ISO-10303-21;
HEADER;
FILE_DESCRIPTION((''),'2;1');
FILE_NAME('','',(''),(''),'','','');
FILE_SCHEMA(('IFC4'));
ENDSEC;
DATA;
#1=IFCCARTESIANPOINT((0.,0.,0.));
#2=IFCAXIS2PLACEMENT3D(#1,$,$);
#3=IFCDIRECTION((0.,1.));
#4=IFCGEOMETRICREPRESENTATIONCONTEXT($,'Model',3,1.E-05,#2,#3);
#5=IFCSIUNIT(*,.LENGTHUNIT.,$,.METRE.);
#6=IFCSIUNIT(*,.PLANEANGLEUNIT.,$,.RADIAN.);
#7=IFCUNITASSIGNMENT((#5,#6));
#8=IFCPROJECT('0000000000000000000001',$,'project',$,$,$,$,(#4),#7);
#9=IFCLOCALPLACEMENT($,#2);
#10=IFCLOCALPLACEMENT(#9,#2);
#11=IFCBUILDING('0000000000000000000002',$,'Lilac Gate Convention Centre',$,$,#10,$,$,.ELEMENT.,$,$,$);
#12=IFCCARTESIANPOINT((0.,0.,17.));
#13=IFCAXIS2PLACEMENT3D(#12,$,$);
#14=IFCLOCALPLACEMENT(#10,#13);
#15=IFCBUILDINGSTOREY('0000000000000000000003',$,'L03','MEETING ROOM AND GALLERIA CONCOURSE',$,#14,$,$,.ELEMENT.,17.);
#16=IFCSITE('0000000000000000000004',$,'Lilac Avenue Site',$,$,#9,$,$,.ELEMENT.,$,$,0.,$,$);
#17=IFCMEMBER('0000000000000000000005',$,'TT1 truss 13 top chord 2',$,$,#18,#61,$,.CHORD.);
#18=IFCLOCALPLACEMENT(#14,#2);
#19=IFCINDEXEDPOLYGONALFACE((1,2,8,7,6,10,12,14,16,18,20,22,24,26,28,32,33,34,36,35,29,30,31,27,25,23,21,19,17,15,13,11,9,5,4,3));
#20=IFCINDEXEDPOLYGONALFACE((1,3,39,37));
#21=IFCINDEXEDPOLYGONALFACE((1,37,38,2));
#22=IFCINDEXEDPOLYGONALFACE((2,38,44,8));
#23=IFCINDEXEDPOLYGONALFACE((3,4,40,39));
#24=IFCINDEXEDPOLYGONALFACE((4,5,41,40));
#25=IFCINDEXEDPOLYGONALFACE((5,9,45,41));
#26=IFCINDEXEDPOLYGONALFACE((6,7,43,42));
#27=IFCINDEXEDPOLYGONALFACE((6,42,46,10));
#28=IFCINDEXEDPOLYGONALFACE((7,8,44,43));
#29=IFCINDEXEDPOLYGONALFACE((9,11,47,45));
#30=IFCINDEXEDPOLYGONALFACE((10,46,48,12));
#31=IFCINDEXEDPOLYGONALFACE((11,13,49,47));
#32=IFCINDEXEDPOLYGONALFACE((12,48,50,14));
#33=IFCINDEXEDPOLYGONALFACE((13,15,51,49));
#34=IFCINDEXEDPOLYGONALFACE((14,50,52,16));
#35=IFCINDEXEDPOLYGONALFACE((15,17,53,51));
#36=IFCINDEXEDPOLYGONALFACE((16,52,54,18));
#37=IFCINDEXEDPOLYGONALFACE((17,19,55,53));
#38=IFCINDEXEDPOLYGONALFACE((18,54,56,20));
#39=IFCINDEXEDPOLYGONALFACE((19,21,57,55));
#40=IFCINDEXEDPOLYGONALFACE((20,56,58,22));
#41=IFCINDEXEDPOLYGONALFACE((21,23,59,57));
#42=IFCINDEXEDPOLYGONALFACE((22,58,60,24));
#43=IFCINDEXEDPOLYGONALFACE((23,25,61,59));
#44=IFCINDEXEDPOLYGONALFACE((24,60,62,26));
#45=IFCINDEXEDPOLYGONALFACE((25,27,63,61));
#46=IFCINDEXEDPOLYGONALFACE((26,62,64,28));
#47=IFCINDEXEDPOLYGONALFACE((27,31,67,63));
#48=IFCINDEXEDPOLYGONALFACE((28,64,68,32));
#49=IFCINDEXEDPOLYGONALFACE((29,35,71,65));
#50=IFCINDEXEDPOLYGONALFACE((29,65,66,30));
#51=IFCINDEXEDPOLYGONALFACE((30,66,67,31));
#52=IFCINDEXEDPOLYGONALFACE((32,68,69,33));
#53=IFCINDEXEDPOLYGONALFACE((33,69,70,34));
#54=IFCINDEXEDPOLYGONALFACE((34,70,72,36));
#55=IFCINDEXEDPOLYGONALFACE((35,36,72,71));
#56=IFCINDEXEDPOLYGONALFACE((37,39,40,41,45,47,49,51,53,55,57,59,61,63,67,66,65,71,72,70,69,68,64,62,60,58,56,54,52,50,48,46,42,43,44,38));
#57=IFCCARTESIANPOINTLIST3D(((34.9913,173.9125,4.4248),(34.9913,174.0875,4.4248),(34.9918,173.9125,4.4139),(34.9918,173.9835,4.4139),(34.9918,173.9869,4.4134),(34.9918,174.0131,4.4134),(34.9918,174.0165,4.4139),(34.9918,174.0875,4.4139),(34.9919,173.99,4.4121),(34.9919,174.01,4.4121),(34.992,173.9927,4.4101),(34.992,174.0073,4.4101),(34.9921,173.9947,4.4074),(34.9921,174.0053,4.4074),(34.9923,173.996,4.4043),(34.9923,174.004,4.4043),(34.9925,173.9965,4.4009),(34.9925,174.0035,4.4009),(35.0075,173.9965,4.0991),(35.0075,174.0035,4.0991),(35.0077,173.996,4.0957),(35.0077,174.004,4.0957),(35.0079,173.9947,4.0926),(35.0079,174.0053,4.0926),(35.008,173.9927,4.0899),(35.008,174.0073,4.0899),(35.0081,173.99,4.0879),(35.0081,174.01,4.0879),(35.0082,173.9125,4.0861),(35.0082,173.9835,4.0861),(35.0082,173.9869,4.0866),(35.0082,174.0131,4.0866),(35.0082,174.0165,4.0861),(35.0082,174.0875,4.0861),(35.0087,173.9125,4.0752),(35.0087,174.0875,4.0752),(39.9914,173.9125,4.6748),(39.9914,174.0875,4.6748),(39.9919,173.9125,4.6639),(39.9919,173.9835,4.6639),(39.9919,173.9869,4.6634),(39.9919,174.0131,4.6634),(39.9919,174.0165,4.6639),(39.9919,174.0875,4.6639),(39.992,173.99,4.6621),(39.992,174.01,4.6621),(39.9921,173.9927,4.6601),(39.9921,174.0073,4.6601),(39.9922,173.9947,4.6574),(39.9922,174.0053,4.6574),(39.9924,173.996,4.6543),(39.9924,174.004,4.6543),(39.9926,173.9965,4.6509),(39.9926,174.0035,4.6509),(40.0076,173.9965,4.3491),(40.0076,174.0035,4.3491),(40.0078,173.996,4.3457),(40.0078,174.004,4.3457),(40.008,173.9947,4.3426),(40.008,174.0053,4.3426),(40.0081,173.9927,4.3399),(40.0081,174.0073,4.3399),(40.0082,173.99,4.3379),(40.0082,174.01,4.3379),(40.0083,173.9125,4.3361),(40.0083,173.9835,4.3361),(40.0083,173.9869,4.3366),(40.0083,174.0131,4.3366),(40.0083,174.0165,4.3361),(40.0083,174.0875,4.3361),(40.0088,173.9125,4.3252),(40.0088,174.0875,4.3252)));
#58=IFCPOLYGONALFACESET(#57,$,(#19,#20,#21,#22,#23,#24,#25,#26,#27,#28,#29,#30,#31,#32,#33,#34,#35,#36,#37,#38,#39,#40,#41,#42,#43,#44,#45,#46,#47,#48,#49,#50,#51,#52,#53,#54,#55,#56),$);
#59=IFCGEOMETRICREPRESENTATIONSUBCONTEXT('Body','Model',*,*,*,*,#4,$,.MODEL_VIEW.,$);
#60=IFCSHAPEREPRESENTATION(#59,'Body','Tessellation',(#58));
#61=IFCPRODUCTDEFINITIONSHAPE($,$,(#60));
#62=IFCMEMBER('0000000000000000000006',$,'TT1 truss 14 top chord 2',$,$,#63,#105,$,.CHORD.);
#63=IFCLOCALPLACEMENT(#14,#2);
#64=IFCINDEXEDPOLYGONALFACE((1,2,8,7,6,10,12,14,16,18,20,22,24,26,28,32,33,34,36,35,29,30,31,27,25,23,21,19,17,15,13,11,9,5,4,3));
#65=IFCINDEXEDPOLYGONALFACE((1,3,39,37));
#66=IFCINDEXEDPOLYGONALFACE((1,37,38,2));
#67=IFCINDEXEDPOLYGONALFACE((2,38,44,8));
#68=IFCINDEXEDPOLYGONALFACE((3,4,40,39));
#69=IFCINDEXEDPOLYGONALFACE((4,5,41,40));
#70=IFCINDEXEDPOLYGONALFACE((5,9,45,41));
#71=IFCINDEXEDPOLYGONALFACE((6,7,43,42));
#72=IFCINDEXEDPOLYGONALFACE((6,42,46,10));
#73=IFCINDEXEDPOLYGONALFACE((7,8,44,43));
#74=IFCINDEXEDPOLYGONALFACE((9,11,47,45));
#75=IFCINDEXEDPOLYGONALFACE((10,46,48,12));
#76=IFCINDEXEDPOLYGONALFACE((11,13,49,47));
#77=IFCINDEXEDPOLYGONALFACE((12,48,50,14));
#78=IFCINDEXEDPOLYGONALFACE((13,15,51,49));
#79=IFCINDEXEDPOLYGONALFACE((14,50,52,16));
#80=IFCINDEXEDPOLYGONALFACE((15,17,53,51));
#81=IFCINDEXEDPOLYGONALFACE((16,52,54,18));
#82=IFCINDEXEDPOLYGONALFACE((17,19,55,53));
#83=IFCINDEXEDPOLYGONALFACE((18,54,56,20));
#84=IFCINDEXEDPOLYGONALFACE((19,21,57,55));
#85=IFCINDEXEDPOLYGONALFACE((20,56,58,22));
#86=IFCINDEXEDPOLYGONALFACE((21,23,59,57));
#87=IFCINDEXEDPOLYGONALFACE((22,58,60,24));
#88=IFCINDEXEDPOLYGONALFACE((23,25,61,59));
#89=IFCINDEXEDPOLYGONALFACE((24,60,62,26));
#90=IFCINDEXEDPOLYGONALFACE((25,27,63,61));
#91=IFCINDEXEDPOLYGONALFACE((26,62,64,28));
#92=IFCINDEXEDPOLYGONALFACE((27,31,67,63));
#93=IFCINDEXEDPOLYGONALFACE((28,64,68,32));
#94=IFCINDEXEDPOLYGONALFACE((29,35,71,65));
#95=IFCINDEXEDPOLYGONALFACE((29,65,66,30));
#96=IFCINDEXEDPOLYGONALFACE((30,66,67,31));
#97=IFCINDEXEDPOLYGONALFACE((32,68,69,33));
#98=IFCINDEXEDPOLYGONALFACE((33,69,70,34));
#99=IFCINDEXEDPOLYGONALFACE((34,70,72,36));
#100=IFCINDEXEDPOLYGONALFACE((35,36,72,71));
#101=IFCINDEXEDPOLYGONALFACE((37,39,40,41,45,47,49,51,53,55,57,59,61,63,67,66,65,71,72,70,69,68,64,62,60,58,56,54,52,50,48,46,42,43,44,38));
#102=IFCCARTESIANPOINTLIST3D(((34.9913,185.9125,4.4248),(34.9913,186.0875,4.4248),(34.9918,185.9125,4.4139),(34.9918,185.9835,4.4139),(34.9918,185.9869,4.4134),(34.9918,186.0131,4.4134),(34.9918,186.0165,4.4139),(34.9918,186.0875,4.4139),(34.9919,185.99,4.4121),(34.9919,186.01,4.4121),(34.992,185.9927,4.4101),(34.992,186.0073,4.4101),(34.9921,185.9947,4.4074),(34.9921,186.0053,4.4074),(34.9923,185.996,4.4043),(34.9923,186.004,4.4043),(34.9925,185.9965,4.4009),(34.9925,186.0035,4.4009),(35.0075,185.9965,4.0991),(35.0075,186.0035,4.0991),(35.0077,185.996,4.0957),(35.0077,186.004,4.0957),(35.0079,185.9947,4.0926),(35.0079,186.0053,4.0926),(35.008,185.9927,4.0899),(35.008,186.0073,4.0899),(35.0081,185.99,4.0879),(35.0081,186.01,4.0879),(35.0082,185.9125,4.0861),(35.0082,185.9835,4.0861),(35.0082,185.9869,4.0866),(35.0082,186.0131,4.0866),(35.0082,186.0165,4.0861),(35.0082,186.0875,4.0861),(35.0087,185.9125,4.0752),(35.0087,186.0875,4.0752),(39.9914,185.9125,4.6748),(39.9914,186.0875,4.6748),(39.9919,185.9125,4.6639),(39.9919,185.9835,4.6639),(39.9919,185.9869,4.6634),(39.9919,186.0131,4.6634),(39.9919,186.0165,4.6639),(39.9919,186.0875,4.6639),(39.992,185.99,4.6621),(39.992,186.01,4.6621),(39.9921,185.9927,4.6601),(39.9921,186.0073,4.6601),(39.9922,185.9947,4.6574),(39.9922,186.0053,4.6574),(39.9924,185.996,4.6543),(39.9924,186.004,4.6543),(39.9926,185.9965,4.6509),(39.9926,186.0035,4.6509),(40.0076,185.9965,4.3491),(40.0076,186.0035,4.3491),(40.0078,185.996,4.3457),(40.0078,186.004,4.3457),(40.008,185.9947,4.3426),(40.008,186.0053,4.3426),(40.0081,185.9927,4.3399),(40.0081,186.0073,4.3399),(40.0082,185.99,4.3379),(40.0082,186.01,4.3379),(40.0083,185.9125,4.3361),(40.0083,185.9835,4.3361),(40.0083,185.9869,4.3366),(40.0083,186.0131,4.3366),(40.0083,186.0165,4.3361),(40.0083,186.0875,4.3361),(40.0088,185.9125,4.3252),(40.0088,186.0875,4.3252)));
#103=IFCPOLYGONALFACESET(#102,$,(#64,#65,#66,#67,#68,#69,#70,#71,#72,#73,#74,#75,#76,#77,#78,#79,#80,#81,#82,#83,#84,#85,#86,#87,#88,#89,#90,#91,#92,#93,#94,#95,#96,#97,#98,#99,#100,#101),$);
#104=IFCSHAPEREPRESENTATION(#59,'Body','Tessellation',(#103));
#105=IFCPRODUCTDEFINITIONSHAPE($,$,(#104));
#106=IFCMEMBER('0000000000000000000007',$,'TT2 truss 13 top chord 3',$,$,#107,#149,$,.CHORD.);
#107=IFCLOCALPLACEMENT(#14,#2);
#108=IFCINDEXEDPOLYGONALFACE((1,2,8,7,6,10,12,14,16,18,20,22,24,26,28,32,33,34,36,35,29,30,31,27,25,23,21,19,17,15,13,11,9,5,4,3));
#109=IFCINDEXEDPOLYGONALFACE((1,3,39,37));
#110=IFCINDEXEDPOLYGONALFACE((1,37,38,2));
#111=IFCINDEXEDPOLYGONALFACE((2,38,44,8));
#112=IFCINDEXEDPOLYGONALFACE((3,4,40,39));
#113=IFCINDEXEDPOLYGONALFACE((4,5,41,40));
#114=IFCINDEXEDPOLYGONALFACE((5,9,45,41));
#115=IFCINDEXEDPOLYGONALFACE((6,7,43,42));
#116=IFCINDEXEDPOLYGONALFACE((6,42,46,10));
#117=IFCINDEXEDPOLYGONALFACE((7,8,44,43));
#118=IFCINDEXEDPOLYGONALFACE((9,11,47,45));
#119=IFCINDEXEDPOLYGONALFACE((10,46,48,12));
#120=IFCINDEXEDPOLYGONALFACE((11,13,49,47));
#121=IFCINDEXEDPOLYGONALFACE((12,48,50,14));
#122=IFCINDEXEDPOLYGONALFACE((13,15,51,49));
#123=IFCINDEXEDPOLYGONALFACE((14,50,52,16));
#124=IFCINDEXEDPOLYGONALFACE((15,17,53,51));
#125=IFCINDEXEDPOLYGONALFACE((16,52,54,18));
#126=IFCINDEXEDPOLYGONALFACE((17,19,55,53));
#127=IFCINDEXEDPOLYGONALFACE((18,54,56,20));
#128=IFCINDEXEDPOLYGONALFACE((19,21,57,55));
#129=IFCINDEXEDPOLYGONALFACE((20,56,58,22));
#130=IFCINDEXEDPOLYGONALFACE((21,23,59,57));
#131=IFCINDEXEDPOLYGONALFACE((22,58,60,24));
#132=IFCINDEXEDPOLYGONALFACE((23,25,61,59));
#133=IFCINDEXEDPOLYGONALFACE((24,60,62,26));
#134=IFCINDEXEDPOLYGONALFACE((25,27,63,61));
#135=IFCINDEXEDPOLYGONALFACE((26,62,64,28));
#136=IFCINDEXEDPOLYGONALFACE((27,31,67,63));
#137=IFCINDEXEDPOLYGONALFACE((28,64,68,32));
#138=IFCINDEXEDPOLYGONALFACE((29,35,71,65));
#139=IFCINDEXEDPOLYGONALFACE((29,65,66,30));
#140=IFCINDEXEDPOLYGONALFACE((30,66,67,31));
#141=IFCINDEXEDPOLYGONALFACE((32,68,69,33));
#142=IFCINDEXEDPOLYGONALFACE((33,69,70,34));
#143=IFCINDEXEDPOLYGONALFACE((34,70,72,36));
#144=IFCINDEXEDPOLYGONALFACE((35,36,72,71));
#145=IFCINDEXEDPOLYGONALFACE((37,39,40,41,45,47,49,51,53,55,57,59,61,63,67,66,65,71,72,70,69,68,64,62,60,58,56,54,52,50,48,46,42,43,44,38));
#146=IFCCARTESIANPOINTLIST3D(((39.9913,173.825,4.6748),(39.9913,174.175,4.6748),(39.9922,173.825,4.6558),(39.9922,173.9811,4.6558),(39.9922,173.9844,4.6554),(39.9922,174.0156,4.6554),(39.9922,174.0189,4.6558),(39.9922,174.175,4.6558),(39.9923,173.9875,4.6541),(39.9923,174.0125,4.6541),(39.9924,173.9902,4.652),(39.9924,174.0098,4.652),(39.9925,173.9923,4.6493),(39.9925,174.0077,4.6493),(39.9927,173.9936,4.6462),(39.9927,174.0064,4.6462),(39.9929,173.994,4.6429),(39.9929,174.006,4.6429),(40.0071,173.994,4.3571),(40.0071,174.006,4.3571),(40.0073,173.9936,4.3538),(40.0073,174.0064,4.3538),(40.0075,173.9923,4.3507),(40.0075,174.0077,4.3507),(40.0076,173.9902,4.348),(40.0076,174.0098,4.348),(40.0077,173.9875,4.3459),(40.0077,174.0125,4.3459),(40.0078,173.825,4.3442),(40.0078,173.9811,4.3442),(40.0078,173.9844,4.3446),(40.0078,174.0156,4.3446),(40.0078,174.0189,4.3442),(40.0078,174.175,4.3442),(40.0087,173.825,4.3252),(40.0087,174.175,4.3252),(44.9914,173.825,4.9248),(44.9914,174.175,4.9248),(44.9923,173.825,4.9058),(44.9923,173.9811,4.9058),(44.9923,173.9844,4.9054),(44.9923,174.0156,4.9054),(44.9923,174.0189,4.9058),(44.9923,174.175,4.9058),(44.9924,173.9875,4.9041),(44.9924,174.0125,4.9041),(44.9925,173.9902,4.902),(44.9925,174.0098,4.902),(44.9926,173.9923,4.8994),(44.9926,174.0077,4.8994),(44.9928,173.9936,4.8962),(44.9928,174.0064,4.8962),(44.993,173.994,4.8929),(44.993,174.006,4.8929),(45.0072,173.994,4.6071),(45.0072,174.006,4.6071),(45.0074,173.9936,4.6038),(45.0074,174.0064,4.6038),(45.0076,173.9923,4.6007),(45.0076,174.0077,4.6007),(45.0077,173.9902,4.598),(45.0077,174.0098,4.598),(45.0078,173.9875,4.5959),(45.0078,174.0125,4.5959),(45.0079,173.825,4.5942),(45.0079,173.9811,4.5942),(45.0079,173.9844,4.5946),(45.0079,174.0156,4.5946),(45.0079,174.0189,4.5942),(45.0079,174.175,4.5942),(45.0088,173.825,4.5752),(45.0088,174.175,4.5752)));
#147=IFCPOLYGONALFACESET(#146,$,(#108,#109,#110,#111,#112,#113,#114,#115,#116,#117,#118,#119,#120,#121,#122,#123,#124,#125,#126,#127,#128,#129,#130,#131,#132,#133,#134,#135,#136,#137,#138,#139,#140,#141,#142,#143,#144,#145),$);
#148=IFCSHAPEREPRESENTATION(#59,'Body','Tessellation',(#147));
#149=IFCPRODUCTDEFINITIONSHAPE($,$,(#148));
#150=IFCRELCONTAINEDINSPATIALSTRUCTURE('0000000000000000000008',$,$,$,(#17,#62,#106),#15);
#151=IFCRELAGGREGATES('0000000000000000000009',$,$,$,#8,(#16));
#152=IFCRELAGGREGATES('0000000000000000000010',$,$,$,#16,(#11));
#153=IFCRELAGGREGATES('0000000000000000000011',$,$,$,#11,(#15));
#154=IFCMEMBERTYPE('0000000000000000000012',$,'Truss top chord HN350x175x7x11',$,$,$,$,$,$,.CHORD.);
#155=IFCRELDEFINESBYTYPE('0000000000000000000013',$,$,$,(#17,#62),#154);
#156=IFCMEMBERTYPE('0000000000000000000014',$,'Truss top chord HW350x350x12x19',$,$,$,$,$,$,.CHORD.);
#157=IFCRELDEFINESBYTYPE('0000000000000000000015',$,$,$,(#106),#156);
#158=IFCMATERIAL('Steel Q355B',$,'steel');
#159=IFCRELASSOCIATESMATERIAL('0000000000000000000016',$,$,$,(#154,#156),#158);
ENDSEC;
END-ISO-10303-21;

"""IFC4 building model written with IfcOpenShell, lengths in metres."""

from ifc_helpers import new_model, si_unit, direction, frame, origin, origin_2d, place, context, subcontext, project, spatial, i_section, extrude, material, material_profile, profile_set, type_object, element, save


model = new_model("IFC4")

# Units and contexts
model_context = context("Model", 3, precision=1e-05, world=origin(), true_north=direction((0.0, 1.0)))
body_context = subcontext(model_context, "Body", "Model", "MODEL_VIEW")
ifc_project = project(units=[si_unit("LENGTHUNIT", "METRE"), si_unit("PLANEANGLEUNIT", "RADIAN")], contexts=[model_context])

# Site, building, storey
site_placement = place(None, origin())
site = spatial("IfcSite", under=ifc_project, at=site_placement, Name="Lilac Avenue Site", CompositionType="ELEMENT", RefElevation=0.0)
building_placement = place(site_placement, origin())
building = spatial("IfcBuilding", under=site, at=building_placement, Name="Lilac Gate Convention Centre", CompositionType="ELEMENT")
storey_placement = place(building_placement, frame((0.0, 0.0, 17.0)))
storey = spatial("IfcBuildingStorey", under=building, at=storey_placement, Name="L03", Description="MEETING ROOM AND GALLERIA CONCOURSE", CompositionType="ELEMENT", Elevation=17.0)

# Members
ifc_material = material(Name="Steel Q355B", Category="steel")
ifc_material_profile_1 = material_profile(ifc_material, i_section(OverallWidth=0.175, OverallDepth=0.3501, WebThickness=0.0071, FlangeThickness=0.011, FilletRadius=0.0129, at=origin_2d()), Name="HN350x175x7x11")
ifc_profile_set_1 = profile_set([ifc_material_profile_1], Name="Steel Q355B")
member_type_1 = type_object("IfcMemberType", Name="Truss top chord HN350x175x7x11", PredefinedType="CHORD", material=ifc_profile_set_1)
for number, where, z_axis, x_axis, name in (
    (1, (35.0, 174.0, 4.25), (0.998752, 0.0, 0.049938), (0.0, 1.0, 0.0), "TT1 truss 13 top chord 2"),
    (2, (35.0, 186.0, 4.25), (0.998752, 0.0, 0.049938), (0.0, 1.0, 0.0), "TT1 truss 14 top chord 2"),
):
    element("IfcMember", number, at=place(storey_placement, frame(where, z_axis=z_axis, x_axis=x_axis)), inside=storey, type_object=member_type_1, Name=name, PredefinedType="CHORD", context=body_context, shape_type="SweptSolid", body=[
        extrude(i_section(OverallWidth=0.175, OverallDepth=0.3501, WebThickness=0.0071, FlangeThickness=0.011, FilletRadius=0.0129, at=origin_2d()), origin(), (0.0, 0.0, 1.0), 5.0063),
    ])
ifc_material_profile_2 = material_profile(ifc_material, i_section(OverallWidth=0.3501, OverallDepth=0.3501, WebThickness=0.012, FlangeThickness=0.019, FilletRadius=0.0129, at=origin_2d()), Name="HW350x350x12x19")
ifc_profile_set_2 = profile_set([ifc_material_profile_2], Name="Steel Q355B")
member_type_2 = type_object("IfcMemberType", Name="Truss top chord HW350x350x12x19", PredefinedType="CHORD", material=ifc_profile_set_2)
member_1_placement = place(storey_placement, frame((40.0, 174.0, 4.5), z_axis=(0.998752, 0.0, 0.049938), x_axis=(0.0, 1.0, 0.0)))
element("IfcMember", 3, at=member_1_placement, inside=storey, type_object=member_type_2, Name="TT2 truss 13 top chord 3", PredefinedType="CHORD", context=body_context, shape_type="SweptSolid", body=[
    extrude(i_section(OverallWidth=0.3501, OverallDepth=0.3501, WebThickness=0.012, FlangeThickness=0.019, FilletRadius=0.0129, at=origin_2d()), origin(), (0.0, 0.0, 1.0), 5.0063),
])

save(model, "model.ifc")
